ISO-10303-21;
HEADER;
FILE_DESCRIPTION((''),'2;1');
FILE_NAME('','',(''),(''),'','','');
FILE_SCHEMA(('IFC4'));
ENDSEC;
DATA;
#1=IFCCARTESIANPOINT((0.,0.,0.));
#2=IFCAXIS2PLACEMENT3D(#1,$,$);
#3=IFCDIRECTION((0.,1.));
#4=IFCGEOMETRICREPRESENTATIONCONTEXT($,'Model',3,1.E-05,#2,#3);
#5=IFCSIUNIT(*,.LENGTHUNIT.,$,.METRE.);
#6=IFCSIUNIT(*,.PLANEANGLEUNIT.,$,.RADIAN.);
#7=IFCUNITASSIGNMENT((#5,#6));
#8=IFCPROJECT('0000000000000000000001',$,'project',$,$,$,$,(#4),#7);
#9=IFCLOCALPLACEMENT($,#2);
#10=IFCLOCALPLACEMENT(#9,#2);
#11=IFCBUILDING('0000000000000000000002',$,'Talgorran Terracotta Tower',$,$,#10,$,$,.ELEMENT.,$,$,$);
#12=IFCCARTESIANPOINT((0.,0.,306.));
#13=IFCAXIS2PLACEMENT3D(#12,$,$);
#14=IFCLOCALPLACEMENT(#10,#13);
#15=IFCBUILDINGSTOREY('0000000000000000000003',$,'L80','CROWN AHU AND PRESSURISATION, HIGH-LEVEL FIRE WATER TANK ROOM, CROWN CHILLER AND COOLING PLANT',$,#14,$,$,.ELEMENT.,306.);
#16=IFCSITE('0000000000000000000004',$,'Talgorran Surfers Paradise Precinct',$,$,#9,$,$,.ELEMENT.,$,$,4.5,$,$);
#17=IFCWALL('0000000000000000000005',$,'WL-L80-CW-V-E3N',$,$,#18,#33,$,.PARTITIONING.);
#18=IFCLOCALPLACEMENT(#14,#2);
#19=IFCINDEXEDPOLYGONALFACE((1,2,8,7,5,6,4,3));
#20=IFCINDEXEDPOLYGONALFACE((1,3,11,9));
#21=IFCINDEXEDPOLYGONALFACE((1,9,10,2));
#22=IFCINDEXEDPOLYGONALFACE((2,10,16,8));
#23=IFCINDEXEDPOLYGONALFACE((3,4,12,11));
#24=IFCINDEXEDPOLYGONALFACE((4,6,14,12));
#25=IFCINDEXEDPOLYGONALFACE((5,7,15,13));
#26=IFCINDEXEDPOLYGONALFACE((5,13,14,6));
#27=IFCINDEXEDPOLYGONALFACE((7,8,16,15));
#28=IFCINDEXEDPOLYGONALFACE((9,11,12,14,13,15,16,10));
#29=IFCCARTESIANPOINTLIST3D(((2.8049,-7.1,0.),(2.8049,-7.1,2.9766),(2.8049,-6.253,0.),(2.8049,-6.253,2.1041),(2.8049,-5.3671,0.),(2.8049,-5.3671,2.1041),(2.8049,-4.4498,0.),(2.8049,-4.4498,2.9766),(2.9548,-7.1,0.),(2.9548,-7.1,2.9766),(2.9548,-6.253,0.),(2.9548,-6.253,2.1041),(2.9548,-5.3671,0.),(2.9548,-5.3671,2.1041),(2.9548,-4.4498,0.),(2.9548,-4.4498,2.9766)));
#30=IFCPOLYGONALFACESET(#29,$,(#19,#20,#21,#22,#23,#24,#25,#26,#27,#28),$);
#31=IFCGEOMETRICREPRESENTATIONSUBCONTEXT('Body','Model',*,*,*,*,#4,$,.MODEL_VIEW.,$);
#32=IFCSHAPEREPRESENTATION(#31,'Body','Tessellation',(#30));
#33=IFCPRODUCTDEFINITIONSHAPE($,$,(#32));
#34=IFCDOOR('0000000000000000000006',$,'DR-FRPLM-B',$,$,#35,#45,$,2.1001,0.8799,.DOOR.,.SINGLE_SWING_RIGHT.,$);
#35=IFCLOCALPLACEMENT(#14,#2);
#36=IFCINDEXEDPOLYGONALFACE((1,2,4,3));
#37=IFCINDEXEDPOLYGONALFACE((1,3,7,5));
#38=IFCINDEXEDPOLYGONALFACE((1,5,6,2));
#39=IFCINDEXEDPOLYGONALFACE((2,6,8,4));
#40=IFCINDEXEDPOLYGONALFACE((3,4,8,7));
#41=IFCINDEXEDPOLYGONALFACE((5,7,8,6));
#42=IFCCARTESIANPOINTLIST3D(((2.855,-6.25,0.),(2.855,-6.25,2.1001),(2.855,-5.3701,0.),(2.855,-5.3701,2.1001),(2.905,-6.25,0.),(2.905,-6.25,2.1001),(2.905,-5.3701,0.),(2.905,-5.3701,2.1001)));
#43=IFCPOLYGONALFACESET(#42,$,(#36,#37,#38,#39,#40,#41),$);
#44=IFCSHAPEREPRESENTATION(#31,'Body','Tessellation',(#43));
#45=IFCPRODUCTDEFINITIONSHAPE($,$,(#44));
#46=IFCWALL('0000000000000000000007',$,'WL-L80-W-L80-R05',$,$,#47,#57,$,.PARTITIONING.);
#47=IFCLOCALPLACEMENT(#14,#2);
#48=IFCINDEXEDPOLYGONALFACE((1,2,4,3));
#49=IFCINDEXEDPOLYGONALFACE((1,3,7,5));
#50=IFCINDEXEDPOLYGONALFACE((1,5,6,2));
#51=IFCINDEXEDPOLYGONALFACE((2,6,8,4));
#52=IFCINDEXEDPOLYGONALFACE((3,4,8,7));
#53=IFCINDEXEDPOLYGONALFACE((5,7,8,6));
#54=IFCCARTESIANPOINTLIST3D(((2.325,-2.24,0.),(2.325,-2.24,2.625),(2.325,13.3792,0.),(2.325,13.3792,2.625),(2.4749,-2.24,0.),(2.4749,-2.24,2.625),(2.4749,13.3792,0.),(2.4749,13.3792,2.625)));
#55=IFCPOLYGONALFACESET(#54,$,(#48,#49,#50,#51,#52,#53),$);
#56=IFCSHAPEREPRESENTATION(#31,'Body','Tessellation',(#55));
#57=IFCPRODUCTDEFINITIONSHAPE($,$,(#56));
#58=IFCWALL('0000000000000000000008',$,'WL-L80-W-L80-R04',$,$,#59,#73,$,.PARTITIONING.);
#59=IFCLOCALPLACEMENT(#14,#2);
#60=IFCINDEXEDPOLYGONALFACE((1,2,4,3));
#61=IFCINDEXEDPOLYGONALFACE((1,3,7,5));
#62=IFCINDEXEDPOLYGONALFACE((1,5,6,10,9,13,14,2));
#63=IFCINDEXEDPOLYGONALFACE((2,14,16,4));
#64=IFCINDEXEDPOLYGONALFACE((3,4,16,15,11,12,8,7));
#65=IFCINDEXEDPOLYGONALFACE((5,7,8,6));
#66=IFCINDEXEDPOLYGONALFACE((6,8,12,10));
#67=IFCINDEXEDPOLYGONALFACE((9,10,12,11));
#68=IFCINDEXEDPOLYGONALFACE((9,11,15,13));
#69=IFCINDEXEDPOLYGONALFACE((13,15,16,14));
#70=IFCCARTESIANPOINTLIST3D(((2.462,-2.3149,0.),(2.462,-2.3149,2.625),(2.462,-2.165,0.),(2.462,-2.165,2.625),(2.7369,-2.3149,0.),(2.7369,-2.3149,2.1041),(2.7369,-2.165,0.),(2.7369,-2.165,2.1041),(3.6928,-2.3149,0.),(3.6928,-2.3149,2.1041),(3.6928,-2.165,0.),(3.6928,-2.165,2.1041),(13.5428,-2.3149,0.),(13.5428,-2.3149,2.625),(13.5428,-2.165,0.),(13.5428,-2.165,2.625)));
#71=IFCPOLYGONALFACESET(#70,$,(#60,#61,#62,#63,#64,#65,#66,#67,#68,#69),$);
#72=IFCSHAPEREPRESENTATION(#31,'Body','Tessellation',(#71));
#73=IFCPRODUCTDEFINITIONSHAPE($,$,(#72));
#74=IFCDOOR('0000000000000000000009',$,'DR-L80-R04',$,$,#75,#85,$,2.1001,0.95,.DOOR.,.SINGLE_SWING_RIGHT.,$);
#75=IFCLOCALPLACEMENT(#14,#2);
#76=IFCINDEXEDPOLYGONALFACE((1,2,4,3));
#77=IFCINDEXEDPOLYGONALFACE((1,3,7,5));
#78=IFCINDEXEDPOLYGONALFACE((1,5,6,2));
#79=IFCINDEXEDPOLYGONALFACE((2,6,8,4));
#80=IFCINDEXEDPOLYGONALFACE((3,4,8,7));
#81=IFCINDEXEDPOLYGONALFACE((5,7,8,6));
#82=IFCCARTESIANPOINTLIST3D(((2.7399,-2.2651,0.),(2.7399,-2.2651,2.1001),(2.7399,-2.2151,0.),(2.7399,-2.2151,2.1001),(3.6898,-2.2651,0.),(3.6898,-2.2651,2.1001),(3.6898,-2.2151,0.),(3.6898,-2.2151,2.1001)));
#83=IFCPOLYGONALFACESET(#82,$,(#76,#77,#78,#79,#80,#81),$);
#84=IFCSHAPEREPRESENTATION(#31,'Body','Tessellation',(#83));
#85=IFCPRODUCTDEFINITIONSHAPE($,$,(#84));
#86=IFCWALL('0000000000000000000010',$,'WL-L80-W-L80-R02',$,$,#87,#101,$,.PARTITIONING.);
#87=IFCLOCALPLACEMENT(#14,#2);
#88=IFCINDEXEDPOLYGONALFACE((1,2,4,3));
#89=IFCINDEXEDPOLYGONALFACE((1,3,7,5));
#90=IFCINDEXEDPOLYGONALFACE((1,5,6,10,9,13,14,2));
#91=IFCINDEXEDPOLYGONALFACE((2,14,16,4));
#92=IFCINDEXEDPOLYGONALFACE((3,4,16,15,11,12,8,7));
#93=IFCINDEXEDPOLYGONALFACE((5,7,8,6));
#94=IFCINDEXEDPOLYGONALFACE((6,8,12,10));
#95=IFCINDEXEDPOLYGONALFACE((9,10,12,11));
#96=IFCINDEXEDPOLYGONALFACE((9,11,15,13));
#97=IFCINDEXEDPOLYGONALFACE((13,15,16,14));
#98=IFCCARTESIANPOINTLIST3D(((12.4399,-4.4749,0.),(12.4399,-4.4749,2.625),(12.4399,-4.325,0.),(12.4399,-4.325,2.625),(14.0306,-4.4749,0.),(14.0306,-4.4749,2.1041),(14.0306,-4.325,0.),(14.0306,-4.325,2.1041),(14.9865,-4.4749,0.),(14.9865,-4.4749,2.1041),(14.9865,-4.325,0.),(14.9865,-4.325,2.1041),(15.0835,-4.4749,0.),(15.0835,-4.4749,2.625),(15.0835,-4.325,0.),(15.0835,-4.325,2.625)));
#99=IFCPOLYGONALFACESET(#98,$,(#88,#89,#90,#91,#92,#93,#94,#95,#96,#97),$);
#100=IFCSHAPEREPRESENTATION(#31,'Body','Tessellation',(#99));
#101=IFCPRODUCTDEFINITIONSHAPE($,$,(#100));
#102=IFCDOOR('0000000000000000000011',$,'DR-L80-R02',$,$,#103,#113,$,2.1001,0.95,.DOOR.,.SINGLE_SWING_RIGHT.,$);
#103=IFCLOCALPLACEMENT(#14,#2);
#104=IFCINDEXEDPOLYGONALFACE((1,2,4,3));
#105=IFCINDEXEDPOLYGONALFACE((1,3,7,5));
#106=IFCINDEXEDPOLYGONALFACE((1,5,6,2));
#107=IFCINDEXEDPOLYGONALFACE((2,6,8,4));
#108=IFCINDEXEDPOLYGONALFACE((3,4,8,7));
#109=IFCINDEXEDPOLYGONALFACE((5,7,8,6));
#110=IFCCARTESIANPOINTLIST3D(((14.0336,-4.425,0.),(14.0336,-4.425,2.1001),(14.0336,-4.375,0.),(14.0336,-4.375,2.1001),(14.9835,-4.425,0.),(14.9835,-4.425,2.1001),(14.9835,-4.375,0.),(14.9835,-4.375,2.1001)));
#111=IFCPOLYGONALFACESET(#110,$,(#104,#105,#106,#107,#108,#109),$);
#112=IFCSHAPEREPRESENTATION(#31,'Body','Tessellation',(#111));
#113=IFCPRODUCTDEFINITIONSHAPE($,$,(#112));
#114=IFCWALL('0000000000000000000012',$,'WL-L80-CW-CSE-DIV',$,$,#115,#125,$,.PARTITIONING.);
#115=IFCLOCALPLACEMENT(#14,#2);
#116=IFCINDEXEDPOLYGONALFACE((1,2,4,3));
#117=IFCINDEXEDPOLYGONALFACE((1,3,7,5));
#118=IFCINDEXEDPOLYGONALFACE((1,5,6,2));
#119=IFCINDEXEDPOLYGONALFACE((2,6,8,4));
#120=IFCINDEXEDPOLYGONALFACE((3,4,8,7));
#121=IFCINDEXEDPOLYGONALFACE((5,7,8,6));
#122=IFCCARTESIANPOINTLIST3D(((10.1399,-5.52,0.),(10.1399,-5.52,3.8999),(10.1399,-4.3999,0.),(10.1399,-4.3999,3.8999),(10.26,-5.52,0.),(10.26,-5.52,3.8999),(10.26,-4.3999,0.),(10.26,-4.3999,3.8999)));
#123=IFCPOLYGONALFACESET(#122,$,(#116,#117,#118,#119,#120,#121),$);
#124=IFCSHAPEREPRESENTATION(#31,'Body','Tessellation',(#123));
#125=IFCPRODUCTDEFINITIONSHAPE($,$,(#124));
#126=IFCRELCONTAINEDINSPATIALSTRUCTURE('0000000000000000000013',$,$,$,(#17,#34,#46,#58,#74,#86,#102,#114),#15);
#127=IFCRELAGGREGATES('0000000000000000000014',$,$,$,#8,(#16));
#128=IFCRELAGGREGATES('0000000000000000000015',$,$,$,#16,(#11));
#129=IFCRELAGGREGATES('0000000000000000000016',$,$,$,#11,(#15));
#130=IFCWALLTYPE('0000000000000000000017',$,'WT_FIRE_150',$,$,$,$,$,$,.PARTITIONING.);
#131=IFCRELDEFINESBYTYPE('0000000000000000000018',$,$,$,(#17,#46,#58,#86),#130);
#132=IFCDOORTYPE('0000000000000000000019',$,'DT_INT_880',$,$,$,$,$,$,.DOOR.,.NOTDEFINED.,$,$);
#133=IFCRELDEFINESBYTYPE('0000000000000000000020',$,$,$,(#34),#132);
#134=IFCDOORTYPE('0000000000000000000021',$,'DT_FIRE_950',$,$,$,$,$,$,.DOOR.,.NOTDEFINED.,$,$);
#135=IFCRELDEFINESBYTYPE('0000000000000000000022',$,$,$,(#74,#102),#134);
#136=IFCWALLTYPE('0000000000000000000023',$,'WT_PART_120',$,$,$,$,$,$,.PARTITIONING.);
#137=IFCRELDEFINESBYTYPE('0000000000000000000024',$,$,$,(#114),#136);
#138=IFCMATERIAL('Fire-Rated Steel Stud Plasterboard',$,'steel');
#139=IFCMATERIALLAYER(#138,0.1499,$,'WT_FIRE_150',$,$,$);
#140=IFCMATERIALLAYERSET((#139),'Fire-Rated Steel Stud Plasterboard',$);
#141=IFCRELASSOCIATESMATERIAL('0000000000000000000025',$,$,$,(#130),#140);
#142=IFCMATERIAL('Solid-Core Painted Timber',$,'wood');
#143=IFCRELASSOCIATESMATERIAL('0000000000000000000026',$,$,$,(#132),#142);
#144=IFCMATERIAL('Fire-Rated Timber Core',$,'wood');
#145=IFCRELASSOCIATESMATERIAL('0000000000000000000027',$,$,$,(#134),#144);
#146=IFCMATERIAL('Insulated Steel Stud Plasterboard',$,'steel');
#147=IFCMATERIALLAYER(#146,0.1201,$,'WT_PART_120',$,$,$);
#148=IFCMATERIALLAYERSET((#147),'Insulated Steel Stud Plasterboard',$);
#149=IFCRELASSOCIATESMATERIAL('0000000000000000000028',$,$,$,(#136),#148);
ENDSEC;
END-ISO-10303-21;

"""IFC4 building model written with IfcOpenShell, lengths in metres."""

from ifc_helpers import new_model, si_unit, direction, frame, frame_2d, origin, place, context, subcontext, project, spatial, rectangle, extrude, material, layer, layer_set, type_object, element, fill, save


model = new_model("IFC4")

# Units and contexts
model_context = context("Model", 3, precision=1e-05, world=origin(), true_north=direction((0.0, 1.0)))
body_context = subcontext(model_context, "Body", "Model", "MODEL_VIEW")
ifc_project = project(units=[si_unit("LENGTHUNIT", "METRE"), si_unit("PLANEANGLEUNIT", "RADIAN")], contexts=[model_context])

# Site, building, storey
site_placement = place(None, origin())
site = spatial("IfcSite", under=ifc_project, at=site_placement, Name="Talgorran Surfers Paradise Precinct", CompositionType="ELEMENT", RefElevation=4.5)
building_placement = place(site_placement, origin())
building = spatial("IfcBuilding", under=site, at=building_placement, Name="Talgorran Terracotta Tower", CompositionType="ELEMENT")
storey_placement = place(building_placement, frame((0.0, 0.0, 306.0)))
storey = spatial("IfcBuildingStorey", under=building, at=storey_placement, Name="L80", Description="CROWN AHU AND PRESSURISATION, HIGH-LEVEL FIRE WATER TANK ROOM, CROWN CHILLER AND COOLING PLANT", CompositionType="ELEMENT", Elevation=306.0)

# Shared definitions
ifc_material_1 = material(Name="Fire-Rated Steel Stud Plasterboard", Category="steel")
ifc_layer_1 = layer(ifc_material_1, 0.1499, Name="WT_FIRE_150")
ifc_layer_set_1 = layer_set([ifc_layer_1], Name="Fire-Rated Steel Stud Plasterboard")
wall_type_1 = type_object("IfcWallType", Name="WT_FIRE_150", PredefinedType="PARTITIONING", material=ifc_layer_set_1)

# Wall, opening, door
wall_1_placement = place(storey_placement, frame((2.8799, -7.1001, 0.0), z_axis=(0.0, 0.0, 1.0), x_axis=(0.0, 1.0, 0.0)))
wall_1 = element("IfcWall", 1, at=wall_1_placement, inside=storey, type_object=wall_type_1, Name="WL-L80-CW-V-E3N", PredefinedType="PARTITIONING", context=body_context, shape_type="SweptSolid", body=[
    extrude(rectangle(XDim=2.6501, YDim=0.1499, at=frame_2d((1.3252, 0.0))), origin(), (0.0, 0.0, 1.0), 2.9766),
])
opening_1_placement = place(wall_1_placement, frame((0.8501, 0.0, 0.0)))
opening_1 = element("IfcOpeningElement", 2, at=opening_1_placement, cuts=wall_1, PredefinedType="OPENING", context=body_context, shape_type="SweptSolid", body=[
    extrude(rectangle(XDim=0.8859, YDim=2.1041, at=frame_2d((0.4399, 1.052))), frame((0.0, 0.085, 0.0), z_axis=(0.0, -1.0, 0.0), x_axis=(1.0, 0.0, 0.0)), (0.0, 0.0, 1.0), 0.1699),
])
ifc_material_2 = material(Name="Solid-Core Painted Timber", Category="wood")
door_type_1 = type_object("IfcDoorType", Name="DT_INT_880", OperationType="NOTDEFINED", PredefinedType="DOOR", material=ifc_material_2)
door_1_placement = place(opening_1_placement, origin())
door_1 = element("IfcDoor", 3, at=door_1_placement, inside=storey, type_object=door_type_1, Name="DR-FRPLM-B", OperationType="SINGLE_SWING_RIGHT", OverallHeight=2.1001, OverallWidth=0.8799, PredefinedType="DOOR", context=body_context, shape_type="SweptSolid", body=[
    extrude(rectangle(XDim=0.8799, YDim=2.1001, at=frame_2d((0.4399, 1.05))), frame((0.0, 0.0249, 0.0), z_axis=(0.0, -1.0, 0.0), x_axis=(1.0, 0.0, 0.0)), (0.0, 0.0, 1.0), 0.05),
])
fill(opening_1, door_1)

# Wall
wall_2_placement = place(storey_placement, frame((2.3999, -2.24, 0.0), z_axis=(0.0, 0.0, 1.0), x_axis=(0.0, 1.0, 0.0)))
element("IfcWall", 4, at=wall_2_placement, inside=storey, type_object=wall_type_1, Name="WL-L80-W-L80-R05", PredefinedType="PARTITIONING", context=body_context, shape_type="SweptSolid", body=[
    extrude(rectangle(XDim=15.6191, YDim=0.1499, at=frame_2d((7.8096, 0.0))), origin(), (0.0, 0.0, 1.0), 2.625),
])

# Walls, openings, doors
wall_3_placement = place(storey_placement, frame((2.4619, -2.24, 0.0), z_axis=(0.0, 0.0, 1.0), x_axis=(1.0, 0.0, 0.0)))
wall_3 = element("IfcWall", 5, at=wall_3_placement, inside=storey, type_object=wall_type_1, Name="WL-L80-W-L80-R04", PredefinedType="PARTITIONING", context=body_context, shape_type="SweptSolid", body=[
    extrude(rectangle(XDim=11.0808, YDim=0.1499, at=frame_2d((5.5405, 0.0))), origin(), (0.0, 0.0, 1.0), 2.625),
])
opening_2_placement = place(wall_3_placement, frame((0.2778, 0.0, 0.0)))
opening_2 = element("IfcOpeningElement", 6, at=opening_2_placement, cuts=wall_3, PredefinedType="OPENING", context=body_context, shape_type="SweptSolid", body=[
    extrude(rectangle(XDim=0.956, YDim=2.1041, at=frame_2d((0.4751, 1.052))), frame((0.0, 0.085, 0.0), z_axis=(0.0, -1.0, 0.0), x_axis=(1.0, 0.0, 0.0)), (0.0, 0.0, 1.0), 0.1699),
])
ifc_material_3 = material(Name="Fire-Rated Timber Core", Category="wood")
door_type_2 = type_object("IfcDoorType", Name="DT_FIRE_950", OperationType="NOTDEFINED", PredefinedType="DOOR", material=ifc_material_3)
door_2_placement = place(opening_2_placement, origin())
door_2 = element("IfcDoor", 7, at=door_2_placement, inside=storey, type_object=door_type_2, Name="DR-L80-R04", OperationType="SINGLE_SWING_RIGHT", OverallHeight=2.1001, OverallWidth=0.95, PredefinedType="DOOR", context=body_context, shape_type="SweptSolid", body=[
    extrude(rectangle(XDim=0.95, YDim=2.1001, at=frame_2d((0.4751, 1.05))), frame((0.0, 0.0249, 0.0), z_axis=(0.0, -1.0, 0.0), x_axis=(1.0, 0.0, 0.0)), (0.0, 0.0, 1.0), 0.05),
])
fill(opening_2, door_2)
wall_4_placement = place(storey_placement, frame((12.4399, -4.3999, 0.0), z_axis=(0.0, 0.0, 1.0), x_axis=(1.0, 0.0, 0.0)))
wall_4 = element("IfcWall", 8, at=wall_4_placement, inside=storey, type_object=wall_type_1, Name="WL-L80-W-L80-R02", PredefinedType="PARTITIONING", context=body_context, shape_type="SweptSolid", body=[
    extrude(rectangle(XDim=2.6436, YDim=0.1499, at=frame_2d((1.3218, 0.0))), origin(), (0.0, 0.0, 1.0), 2.625),
])
opening_3_placement = place(wall_4_placement, frame((1.5935, 0.0, 0.0)))
opening_3 = element("IfcOpeningElement", 9, at=opening_3_placement, cuts=wall_4, PredefinedType="OPENING", context=body_context, shape_type="SweptSolid", body=[
    extrude(rectangle(XDim=0.956, YDim=2.1041, at=frame_2d((0.4751, 1.052))), frame((0.0, 0.085, 0.0), z_axis=(0.0, -1.0, 0.0), x_axis=(1.0, 0.0, 0.0)), (0.0, 0.0, 1.0), 0.1699),
])
door_3_placement = place(opening_3_placement, origin())
door_3 = element("IfcDoor", 10, at=door_3_placement, inside=storey, type_object=door_type_2, Name="DR-L80-R02", OperationType="SINGLE_SWING_RIGHT", OverallHeight=2.1001, OverallWidth=0.95, PredefinedType="DOOR", context=body_context, shape_type="SweptSolid", body=[
    extrude(rectangle(XDim=0.95, YDim=2.1001, at=frame_2d((0.4751, 1.05))), frame((0.0, 0.0249, 0.0), z_axis=(0.0, -1.0, 0.0), x_axis=(1.0, 0.0, 0.0)), (0.0, 0.0, 1.0), 0.05),
])
fill(opening_3, door_3)

# Wall
ifc_material_4 = material(Name="Insulated Steel Stud Plasterboard", Category="steel")
ifc_layer_2 = layer(ifc_material_4, 0.1201, Name="WT_PART_120")
ifc_layer_set_2 = layer_set([ifc_layer_2], Name="Insulated Steel Stud Plasterboard")
wall_type_2 = type_object("IfcWallType", Name="WT_PART_120", PredefinedType="PARTITIONING", material=ifc_layer_set_2)
wall_5_placement = place(storey_placement, frame((10.2, -5.52, 0.0), z_axis=(0.0, 0.0, 1.0), x_axis=(0.0, 1.0, 0.0)))
element("IfcWall", 11, at=wall_5_placement, inside=storey, type_object=wall_type_2, Name="WL-L80-CW-CSE-DIV", PredefinedType="PARTITIONING", context=body_context, shape_type="SweptSolid", body=[
    extrude(rectangle(XDim=1.1201, YDim=0.1201, at=frame_2d((0.5601, 0.0))), origin(), (0.0, 0.0, 1.0), 3.8999),
])

save(model, "model.ifc")
